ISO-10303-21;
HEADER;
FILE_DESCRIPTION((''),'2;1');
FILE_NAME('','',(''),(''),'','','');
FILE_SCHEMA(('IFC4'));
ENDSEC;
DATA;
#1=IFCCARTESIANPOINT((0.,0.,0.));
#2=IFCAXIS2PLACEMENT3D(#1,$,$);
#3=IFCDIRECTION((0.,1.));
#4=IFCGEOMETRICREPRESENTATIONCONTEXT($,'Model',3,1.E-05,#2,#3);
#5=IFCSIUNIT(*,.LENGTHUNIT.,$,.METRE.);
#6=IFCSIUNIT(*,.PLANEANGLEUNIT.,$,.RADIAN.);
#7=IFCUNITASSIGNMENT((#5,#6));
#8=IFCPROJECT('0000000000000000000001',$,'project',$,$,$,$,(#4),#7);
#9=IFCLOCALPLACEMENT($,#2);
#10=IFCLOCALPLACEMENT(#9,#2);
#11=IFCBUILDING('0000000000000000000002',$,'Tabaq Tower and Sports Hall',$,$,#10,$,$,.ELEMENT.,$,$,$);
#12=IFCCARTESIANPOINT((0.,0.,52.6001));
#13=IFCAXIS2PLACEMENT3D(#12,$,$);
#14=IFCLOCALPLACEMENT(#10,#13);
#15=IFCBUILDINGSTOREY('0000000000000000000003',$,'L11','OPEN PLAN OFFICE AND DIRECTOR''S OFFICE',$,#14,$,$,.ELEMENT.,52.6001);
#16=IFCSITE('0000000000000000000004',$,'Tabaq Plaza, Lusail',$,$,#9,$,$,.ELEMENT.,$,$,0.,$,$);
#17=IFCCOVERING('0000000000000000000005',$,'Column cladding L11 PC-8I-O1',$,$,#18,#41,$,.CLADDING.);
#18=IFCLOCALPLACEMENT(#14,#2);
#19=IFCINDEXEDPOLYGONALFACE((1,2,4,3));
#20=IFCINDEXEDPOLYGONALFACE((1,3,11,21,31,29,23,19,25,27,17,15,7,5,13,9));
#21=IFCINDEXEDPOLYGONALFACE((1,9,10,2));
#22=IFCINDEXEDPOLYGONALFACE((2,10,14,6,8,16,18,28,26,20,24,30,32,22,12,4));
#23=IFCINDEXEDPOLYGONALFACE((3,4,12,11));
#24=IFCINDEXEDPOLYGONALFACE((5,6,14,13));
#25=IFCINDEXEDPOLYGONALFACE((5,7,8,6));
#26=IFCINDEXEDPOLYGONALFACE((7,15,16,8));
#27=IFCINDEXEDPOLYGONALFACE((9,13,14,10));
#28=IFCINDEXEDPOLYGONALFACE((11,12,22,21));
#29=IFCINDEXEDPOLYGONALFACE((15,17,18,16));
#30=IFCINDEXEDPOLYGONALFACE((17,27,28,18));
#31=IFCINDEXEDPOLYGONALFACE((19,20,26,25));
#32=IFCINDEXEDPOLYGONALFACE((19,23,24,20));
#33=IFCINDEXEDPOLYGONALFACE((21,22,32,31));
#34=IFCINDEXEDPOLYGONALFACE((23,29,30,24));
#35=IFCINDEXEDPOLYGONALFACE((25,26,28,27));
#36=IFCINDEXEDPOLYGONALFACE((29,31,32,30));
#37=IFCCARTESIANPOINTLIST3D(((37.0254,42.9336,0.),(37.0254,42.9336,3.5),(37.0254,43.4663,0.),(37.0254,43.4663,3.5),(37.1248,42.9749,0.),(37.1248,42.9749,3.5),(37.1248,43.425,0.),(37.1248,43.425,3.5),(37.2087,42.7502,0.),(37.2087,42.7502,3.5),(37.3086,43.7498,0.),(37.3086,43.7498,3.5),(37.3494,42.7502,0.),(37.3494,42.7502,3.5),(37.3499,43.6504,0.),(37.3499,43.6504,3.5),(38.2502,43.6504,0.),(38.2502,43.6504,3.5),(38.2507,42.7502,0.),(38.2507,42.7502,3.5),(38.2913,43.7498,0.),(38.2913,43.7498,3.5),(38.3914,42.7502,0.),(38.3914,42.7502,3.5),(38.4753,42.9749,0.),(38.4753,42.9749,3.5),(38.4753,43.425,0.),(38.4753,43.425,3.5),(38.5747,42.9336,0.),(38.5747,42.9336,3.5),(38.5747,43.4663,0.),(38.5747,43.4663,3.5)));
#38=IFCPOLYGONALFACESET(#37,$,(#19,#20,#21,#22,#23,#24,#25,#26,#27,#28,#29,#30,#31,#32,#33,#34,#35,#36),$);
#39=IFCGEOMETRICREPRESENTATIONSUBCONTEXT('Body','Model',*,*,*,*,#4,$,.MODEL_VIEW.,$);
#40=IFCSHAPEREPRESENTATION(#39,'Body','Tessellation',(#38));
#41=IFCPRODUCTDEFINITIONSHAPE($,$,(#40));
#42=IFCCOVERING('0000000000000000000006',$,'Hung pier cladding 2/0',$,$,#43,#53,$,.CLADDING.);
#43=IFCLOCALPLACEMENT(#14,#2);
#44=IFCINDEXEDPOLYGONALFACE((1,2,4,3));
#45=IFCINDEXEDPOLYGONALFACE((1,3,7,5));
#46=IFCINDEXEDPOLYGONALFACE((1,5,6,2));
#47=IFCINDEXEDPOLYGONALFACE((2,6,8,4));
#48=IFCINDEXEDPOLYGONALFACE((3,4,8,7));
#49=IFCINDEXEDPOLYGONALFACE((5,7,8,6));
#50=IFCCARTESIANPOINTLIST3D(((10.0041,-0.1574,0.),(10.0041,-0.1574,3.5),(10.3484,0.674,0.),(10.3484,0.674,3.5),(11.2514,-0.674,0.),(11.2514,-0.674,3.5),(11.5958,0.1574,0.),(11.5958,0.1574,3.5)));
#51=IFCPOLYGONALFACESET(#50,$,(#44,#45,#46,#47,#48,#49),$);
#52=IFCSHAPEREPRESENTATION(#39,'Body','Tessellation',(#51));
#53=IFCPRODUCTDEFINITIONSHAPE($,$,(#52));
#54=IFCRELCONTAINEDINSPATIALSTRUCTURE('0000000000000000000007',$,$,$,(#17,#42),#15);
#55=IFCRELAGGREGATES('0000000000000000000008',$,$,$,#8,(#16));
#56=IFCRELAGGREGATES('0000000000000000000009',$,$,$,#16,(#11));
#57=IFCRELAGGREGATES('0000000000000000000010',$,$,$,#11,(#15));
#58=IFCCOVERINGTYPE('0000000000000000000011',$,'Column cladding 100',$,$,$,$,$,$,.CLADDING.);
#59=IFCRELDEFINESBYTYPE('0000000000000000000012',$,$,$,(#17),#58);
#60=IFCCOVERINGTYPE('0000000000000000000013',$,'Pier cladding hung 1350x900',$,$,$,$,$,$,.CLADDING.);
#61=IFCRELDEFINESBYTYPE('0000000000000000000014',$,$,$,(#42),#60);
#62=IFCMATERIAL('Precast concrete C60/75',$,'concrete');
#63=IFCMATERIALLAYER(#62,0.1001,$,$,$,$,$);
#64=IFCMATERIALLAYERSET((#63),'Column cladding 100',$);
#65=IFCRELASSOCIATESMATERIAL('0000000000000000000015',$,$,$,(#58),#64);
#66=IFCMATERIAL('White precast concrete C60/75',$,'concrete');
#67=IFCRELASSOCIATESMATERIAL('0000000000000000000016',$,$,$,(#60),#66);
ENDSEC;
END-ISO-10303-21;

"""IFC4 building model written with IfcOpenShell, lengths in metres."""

from ifc_helpers import new_model, si_unit, direction, frame, frame_2d, origin, place, context, subcontext, project, spatial, polyline, rectangle, outline, extrude, material, layer, layer_set, type_object, element, save


model = new_model("IFC4")

# Units and contexts
model_context = context("Model", 3, precision=1e-05, world=origin(), true_north=direction((0.0, 1.0)))
body_context = subcontext(model_context, "Body", "Model", "MODEL_VIEW")
ifc_project = project(units=[si_unit("LENGTHUNIT", "METRE"), si_unit("PLANEANGLEUNIT", "RADIAN")], contexts=[model_context])

# Site, building, storey
site_placement = place(None, origin())
site = spatial("IfcSite", under=ifc_project, at=site_placement, Name="Tabaq Plaza, Lusail", CompositionType="ELEMENT", RefElevation=0.0)
building_placement = place(site_placement, origin())
building = spatial("IfcBuilding", under=site, at=building_placement, Name="Tabaq Tower and Sports Hall", CompositionType="ELEMENT")
storey_placement = place(building_placement, frame((0.0, 0.0, 52.6001)))
storey = spatial("IfcBuildingStorey", under=building, at=storey_placement, Name="L11", Description="OPEN PLAN OFFICE AND DIRECTOR'S OFFICE", CompositionType="ELEMENT", Elevation=52.6001)

# Coverings
ifc_material_1 = material(Name="Precast concrete C60/75", Category="concrete")
ifc_layer_1 = layer(ifc_material_1, 0.1001)
ifc_layer_set_1 = layer_set([ifc_layer_1], Name="Column cladding 100")
covering_type_1 = type_object("IfcCoveringType", Name="Column cladding 100", PredefinedType="CLADDING", material=ifc_layer_set_1)
covering_1_placement = place(storey_placement, origin())
element("IfcCovering", 1, at=covering_1_placement, inside=storey, type_object=covering_type_1, Name="Column cladding L11 PC-8I-O1", PredefinedType="CLADDING", context=body_context, shape_type="SweptSolid", body=[
    extrude(outline(polyline([(37.0254, 43.4663), (37.3086, 43.7498), (38.2913, 43.7498), (38.5747, 43.4663), (38.5747, 42.9336), (38.3914, 42.7502), (38.2507, 42.7502), (38.4753, 42.9749), (38.4753, 43.425), (38.2502, 43.6504), (37.3499, 43.6504), (37.1248, 43.425), (37.1248, 42.9749), (37.3494, 42.7502), (37.2087, 42.7502), (37.0254, 42.9336), (37.0254, 43.4663)])), origin(), (0.0, 0.0, 1.0), 3.5),
])
ifc_material_2 = material(Name="White precast concrete C60/75", Category="concrete")
covering_type_2 = type_object("IfcCoveringType", Name="Pier cladding hung 1350x900", PredefinedType="CLADDING", material=ifc_material_2)
covering_2_placement = place(storey_placement, frame((10.1763, 0.2583, 0.0), z_axis=(0.0, 0.0, 1.0), x_axis=(0.923893, -0.38265, 0.0)))
element("IfcCovering", 2, at=covering_2_placement, inside=storey, type_object=covering_type_2, Name="Hung pier cladding 2/0", PredefinedType="CLADDING", context=body_context, shape_type="SweptSolid", body=[
    extrude(rectangle(XDim=1.3501, YDim=0.8999, at=frame_2d((0.675, 0.0))), origin(), (0.0, 0.0, 1.0), 3.5),
])

save(model, "model.ifc")
